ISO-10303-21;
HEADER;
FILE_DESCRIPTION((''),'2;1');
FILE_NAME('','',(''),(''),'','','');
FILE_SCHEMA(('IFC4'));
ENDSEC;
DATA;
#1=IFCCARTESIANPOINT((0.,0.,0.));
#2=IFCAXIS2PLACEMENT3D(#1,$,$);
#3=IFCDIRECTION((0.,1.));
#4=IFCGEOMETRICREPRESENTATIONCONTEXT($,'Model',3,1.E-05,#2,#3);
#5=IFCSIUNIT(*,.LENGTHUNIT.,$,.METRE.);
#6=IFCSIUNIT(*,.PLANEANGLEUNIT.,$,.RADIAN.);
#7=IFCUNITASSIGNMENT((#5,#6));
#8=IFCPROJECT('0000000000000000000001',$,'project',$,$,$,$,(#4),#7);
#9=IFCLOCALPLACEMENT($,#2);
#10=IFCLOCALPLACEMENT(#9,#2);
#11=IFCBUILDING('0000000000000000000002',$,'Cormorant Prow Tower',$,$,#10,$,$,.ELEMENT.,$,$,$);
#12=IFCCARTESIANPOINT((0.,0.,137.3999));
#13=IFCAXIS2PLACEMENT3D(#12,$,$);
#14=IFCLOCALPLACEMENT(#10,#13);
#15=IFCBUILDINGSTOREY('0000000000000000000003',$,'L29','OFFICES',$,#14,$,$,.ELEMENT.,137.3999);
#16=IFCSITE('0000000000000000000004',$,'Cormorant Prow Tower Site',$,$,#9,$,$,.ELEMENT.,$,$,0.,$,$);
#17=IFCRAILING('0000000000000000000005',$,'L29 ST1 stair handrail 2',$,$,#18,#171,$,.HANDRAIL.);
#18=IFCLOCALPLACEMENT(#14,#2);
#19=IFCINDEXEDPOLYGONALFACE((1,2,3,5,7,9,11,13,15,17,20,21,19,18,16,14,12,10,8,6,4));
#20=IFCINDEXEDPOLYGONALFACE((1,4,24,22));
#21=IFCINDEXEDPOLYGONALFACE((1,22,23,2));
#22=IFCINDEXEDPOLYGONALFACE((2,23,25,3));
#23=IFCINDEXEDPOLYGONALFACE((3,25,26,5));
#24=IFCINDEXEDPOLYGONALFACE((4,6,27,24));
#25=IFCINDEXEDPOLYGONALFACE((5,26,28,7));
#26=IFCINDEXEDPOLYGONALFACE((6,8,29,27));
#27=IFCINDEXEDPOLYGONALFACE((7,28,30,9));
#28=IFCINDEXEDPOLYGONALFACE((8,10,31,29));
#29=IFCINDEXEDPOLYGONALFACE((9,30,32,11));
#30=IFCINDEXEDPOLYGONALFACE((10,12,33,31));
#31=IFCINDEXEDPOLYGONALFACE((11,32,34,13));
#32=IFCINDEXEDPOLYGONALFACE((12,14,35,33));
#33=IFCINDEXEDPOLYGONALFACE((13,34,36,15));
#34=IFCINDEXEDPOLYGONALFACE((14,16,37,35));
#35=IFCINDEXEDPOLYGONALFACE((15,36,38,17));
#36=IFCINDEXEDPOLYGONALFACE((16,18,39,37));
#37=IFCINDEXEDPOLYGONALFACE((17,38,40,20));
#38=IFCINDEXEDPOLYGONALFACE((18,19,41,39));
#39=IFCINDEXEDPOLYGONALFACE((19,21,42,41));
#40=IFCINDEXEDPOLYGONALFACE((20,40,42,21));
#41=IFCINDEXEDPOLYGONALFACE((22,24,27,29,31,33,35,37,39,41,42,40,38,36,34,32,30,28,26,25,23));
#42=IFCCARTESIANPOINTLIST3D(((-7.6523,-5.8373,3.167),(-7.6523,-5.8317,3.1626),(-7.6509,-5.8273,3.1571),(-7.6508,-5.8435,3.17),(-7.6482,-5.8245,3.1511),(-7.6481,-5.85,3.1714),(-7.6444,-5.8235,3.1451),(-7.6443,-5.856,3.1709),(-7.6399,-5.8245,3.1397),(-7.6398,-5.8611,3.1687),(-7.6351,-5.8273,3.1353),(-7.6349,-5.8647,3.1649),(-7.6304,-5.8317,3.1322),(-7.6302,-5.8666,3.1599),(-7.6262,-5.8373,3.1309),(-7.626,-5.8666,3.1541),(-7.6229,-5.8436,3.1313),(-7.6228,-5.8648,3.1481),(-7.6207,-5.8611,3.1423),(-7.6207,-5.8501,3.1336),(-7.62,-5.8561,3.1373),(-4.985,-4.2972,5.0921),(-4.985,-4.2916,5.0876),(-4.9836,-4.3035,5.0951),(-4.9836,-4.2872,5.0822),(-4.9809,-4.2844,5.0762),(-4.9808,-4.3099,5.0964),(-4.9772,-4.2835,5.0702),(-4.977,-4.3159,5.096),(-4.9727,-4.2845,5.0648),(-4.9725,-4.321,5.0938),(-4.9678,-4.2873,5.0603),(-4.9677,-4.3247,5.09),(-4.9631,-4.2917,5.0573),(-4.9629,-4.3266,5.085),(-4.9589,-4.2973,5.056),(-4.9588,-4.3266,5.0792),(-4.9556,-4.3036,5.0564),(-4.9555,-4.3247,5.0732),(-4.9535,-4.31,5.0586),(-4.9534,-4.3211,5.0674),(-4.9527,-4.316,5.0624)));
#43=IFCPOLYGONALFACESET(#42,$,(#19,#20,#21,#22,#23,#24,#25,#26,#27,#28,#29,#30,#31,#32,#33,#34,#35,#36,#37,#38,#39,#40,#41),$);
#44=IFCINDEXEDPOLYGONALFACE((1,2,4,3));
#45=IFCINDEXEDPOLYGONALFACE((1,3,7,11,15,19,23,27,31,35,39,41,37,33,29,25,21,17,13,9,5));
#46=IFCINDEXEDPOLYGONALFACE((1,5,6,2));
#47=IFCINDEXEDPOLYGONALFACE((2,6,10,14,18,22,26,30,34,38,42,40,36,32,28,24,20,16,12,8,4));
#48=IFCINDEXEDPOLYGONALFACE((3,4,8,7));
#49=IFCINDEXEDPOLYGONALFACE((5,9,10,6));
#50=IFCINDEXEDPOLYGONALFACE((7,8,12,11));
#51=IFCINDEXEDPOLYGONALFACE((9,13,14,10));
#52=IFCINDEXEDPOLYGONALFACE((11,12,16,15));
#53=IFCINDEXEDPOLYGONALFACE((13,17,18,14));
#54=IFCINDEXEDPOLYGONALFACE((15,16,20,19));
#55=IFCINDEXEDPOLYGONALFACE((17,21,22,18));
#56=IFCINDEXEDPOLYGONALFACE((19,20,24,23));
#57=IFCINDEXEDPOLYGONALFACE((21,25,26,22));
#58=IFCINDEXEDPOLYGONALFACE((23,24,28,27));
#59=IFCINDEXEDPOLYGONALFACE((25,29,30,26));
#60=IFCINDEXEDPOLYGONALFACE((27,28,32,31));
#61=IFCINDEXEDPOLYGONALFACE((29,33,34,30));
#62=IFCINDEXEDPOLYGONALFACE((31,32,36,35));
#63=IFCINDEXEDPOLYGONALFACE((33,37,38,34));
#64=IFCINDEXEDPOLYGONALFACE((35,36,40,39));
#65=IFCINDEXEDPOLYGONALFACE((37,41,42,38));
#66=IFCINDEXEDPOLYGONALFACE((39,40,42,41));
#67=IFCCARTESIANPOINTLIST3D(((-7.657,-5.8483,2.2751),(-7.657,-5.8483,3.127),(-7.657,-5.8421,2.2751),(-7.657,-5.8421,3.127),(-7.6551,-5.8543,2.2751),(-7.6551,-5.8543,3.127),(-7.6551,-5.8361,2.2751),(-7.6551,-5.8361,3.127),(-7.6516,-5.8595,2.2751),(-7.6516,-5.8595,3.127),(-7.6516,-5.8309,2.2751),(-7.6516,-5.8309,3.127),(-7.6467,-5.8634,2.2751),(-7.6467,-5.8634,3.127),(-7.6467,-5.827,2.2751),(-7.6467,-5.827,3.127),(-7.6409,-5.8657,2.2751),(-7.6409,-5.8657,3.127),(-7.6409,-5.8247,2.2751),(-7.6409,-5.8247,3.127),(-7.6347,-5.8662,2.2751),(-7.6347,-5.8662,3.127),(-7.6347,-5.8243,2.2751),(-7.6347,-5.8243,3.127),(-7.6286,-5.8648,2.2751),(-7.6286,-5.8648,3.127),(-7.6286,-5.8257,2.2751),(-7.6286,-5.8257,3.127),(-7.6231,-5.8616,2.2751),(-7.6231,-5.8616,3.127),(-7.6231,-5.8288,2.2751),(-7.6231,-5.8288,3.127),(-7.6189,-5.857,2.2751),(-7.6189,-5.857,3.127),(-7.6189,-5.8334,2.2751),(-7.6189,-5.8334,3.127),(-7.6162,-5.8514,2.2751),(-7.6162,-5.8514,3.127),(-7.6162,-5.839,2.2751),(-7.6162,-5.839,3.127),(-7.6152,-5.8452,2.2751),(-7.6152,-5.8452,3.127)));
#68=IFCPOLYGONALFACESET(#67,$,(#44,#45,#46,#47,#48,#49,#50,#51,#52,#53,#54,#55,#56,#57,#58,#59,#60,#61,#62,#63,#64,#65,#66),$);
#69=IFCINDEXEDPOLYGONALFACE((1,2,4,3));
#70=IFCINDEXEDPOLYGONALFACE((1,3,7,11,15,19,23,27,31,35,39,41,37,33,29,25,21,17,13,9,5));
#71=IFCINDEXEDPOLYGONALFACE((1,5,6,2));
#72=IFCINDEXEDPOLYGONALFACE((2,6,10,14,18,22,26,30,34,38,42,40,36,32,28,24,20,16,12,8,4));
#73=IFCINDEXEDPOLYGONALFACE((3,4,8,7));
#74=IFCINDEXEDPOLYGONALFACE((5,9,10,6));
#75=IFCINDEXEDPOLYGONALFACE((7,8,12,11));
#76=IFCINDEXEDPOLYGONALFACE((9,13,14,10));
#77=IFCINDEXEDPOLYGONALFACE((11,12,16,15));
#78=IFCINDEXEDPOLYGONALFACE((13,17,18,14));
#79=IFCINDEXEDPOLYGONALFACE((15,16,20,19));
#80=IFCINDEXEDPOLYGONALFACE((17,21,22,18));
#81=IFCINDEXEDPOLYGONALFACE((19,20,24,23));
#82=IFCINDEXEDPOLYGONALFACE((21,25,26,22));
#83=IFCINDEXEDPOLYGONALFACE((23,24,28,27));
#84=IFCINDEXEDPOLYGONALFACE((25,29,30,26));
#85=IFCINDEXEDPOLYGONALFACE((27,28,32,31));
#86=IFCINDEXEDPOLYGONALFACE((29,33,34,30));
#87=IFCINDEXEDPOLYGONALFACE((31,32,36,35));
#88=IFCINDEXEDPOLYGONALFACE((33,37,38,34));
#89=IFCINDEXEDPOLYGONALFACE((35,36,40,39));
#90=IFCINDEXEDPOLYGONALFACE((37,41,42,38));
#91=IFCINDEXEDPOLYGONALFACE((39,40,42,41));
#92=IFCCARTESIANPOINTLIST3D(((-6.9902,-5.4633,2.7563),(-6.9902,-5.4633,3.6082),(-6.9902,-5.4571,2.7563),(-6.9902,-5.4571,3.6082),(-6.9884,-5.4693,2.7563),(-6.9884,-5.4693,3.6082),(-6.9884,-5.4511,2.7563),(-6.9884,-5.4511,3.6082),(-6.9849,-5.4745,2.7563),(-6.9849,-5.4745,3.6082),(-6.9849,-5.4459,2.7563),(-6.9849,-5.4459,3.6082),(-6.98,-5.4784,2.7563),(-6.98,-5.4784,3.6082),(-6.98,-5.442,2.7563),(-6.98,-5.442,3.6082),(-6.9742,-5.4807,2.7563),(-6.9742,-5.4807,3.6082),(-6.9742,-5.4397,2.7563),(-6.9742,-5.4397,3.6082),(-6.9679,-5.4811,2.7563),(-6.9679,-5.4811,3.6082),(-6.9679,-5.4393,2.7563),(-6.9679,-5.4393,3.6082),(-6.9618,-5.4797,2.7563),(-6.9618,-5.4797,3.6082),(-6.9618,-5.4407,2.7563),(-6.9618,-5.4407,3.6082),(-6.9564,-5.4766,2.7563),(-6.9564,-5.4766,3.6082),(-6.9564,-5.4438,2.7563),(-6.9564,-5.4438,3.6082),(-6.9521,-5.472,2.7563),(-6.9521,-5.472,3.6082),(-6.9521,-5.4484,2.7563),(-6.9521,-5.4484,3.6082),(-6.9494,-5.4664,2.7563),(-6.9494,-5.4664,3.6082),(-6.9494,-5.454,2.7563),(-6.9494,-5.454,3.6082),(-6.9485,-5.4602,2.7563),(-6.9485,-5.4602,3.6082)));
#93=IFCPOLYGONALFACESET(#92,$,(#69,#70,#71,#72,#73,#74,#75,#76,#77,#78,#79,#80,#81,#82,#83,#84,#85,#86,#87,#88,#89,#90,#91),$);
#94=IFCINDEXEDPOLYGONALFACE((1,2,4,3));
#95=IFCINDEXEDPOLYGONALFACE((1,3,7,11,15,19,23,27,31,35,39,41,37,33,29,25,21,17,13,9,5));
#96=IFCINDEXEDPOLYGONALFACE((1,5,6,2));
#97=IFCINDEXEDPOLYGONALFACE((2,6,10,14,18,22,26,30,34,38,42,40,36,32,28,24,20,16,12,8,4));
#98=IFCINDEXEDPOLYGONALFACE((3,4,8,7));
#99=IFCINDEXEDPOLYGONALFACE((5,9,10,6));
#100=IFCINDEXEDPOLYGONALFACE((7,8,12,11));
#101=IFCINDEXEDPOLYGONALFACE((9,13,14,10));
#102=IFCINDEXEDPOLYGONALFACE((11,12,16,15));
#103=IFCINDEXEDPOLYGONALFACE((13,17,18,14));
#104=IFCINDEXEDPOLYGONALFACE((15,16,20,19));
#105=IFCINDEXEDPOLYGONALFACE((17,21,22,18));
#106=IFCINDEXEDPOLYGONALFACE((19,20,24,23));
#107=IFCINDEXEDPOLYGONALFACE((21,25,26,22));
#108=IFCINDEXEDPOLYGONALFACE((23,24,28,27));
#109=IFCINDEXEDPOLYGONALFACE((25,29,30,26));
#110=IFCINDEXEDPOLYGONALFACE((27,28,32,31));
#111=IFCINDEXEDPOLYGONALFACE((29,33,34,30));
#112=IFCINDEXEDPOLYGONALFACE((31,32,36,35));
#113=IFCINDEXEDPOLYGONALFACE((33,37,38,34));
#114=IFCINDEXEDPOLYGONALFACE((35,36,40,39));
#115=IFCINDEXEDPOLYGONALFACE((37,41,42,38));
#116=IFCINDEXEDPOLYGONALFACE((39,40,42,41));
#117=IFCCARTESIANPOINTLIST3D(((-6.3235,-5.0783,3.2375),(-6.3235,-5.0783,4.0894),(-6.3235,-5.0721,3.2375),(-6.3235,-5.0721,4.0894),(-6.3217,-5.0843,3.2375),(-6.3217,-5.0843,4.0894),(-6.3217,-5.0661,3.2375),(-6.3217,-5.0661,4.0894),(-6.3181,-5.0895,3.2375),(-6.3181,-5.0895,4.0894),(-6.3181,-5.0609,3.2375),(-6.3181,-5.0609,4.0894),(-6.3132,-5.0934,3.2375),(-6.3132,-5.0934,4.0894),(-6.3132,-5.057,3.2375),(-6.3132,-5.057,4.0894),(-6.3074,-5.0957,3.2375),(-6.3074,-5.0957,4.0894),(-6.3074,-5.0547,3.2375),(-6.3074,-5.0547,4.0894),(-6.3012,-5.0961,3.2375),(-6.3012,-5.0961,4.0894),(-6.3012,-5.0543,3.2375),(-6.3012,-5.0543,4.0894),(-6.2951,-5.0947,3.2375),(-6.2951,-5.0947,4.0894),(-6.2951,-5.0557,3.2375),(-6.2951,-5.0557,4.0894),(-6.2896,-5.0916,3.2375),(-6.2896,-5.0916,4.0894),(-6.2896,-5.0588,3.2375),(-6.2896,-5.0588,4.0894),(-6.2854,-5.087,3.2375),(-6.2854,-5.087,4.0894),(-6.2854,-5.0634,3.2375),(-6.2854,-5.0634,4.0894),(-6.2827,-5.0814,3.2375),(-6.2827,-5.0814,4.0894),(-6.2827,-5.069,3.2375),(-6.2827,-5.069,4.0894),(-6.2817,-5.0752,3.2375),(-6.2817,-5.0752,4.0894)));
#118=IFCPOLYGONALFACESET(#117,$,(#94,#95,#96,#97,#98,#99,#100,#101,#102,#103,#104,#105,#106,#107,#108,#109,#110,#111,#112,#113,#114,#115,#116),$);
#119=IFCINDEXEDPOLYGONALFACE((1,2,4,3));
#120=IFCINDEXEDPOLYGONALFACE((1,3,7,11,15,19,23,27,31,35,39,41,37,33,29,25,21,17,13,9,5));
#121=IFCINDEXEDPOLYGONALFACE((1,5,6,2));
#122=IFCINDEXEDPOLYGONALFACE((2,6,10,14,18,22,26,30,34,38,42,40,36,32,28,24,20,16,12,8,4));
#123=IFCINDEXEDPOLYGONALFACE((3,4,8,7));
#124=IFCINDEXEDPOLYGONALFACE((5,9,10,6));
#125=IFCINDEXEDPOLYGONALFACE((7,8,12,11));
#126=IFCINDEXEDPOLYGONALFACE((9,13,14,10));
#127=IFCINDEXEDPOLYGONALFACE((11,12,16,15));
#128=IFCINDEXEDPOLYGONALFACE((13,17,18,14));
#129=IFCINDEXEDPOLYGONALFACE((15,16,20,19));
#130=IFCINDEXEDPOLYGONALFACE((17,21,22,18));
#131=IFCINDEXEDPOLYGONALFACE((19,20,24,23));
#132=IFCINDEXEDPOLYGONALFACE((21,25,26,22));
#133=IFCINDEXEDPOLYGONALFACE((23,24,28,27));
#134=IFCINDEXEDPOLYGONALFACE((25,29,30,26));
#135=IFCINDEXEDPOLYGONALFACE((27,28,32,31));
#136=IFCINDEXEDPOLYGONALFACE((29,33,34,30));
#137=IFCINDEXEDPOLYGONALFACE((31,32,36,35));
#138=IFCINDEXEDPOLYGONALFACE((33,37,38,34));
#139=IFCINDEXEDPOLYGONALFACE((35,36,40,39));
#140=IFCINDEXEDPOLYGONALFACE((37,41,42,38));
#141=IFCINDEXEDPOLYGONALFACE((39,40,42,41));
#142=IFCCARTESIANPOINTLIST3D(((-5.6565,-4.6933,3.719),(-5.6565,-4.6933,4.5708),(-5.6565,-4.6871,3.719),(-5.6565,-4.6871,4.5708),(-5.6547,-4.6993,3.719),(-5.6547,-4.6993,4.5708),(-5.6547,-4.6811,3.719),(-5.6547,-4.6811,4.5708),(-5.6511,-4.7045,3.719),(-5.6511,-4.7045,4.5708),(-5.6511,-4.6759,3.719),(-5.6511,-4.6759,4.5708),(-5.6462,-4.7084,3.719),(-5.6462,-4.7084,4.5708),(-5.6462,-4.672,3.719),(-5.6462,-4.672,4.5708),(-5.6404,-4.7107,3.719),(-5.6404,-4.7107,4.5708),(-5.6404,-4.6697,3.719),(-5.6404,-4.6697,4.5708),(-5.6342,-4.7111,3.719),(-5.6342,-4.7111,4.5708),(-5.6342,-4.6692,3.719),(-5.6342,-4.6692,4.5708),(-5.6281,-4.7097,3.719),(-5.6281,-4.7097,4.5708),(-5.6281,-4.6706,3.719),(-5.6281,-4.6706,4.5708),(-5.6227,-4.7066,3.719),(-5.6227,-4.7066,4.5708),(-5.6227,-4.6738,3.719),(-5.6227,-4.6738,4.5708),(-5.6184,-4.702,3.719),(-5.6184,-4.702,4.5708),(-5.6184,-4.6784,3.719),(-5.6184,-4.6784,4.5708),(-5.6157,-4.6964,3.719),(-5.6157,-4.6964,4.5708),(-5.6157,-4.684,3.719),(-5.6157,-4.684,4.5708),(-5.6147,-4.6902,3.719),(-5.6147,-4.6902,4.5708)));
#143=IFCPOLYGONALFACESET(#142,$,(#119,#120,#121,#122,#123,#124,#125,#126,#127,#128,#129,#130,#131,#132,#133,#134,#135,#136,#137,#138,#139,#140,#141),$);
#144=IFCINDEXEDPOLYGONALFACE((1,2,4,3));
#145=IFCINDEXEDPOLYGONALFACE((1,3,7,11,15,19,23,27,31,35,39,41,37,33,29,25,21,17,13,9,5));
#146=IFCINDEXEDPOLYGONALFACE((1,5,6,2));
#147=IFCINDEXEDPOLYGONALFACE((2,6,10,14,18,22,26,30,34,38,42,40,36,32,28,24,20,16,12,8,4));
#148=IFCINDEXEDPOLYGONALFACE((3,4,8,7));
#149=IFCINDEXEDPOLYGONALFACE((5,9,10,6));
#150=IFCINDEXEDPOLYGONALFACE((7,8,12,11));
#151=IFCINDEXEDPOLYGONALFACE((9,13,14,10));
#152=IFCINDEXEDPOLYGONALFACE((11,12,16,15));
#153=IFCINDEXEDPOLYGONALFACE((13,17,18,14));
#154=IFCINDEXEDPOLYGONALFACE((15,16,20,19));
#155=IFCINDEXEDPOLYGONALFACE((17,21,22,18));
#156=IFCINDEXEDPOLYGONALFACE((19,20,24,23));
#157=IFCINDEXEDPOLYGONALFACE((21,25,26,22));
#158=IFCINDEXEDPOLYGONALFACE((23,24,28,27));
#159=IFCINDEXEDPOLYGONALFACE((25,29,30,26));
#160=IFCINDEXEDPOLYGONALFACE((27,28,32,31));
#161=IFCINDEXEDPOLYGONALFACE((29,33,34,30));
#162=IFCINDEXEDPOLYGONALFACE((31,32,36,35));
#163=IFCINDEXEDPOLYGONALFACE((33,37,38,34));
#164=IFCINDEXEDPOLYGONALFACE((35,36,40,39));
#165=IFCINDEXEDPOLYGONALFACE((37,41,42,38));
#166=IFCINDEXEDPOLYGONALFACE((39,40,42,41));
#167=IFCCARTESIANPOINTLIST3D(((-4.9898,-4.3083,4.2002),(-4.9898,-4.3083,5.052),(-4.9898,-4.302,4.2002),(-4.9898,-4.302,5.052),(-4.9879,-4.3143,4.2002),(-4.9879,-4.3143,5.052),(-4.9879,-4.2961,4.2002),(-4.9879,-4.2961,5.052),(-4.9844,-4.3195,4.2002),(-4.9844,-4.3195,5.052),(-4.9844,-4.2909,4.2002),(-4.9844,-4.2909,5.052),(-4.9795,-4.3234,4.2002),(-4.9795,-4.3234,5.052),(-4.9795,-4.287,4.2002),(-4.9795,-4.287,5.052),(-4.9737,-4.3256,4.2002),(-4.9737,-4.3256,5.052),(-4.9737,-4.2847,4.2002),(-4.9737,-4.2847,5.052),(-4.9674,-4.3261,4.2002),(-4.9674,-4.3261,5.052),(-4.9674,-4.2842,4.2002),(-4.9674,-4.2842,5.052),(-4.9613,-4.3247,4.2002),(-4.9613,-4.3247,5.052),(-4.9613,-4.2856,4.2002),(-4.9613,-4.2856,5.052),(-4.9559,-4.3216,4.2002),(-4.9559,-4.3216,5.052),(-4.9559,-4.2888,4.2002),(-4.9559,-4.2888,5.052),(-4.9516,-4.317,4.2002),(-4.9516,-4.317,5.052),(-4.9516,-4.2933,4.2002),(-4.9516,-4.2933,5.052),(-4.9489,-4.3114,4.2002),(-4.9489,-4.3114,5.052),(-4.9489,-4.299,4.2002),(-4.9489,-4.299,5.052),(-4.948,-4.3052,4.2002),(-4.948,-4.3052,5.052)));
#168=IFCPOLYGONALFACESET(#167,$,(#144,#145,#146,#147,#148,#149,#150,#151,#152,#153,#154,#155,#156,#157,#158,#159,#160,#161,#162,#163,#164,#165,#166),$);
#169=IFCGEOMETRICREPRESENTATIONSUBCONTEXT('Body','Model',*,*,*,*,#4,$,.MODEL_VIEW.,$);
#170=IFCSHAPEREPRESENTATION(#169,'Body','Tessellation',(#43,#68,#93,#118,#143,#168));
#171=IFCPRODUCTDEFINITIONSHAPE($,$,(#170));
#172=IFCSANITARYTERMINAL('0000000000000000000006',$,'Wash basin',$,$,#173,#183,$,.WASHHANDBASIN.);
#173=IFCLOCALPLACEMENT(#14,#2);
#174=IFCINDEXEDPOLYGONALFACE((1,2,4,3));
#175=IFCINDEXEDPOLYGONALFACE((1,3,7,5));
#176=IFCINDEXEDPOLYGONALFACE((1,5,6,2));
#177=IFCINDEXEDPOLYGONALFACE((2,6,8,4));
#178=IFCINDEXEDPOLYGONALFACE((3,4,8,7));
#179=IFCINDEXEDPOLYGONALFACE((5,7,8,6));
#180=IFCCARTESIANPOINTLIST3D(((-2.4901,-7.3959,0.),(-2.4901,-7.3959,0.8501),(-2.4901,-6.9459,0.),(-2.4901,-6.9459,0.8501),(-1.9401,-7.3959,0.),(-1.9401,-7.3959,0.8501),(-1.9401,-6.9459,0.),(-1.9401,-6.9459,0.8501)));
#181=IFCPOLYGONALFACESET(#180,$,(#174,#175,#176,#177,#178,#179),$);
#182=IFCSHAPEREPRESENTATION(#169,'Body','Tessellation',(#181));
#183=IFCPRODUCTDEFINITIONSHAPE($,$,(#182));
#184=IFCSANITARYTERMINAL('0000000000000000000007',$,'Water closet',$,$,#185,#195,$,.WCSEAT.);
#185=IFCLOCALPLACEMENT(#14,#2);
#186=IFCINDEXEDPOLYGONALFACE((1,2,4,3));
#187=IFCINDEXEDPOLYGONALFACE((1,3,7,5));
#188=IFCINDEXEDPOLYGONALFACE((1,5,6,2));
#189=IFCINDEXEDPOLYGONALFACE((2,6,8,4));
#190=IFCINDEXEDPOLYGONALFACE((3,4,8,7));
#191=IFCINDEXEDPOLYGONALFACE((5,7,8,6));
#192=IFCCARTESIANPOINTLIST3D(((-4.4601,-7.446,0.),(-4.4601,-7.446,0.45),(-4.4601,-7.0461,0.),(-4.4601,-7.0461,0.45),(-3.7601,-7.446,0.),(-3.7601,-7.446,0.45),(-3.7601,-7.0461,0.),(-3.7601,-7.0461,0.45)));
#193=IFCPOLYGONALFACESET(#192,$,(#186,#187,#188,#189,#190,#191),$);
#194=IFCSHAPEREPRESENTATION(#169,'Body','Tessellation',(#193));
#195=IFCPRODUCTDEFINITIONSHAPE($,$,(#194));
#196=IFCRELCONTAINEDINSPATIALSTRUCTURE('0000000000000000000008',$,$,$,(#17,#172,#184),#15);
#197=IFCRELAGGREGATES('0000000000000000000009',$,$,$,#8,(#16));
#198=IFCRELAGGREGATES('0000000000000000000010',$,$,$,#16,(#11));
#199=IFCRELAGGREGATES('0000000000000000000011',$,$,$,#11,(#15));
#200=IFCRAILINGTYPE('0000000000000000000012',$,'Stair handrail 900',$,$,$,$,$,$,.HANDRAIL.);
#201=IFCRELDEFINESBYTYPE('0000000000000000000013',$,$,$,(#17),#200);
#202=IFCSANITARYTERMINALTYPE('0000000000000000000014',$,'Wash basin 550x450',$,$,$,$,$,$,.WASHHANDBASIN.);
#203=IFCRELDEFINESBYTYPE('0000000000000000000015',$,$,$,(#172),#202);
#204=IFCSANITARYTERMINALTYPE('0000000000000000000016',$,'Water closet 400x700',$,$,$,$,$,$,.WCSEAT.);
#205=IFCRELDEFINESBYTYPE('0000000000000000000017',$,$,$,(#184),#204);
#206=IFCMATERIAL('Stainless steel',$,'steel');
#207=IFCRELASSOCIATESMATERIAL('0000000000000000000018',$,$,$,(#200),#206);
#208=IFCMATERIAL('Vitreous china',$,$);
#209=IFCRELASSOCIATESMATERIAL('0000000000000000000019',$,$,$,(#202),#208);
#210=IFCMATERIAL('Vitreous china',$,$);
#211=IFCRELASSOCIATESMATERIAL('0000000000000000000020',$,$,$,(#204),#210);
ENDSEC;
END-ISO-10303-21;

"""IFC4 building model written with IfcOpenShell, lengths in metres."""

from ifc_helpers import new_model, si_unit, direction, frame, origin, origin_2d, place, context, subcontext, project, spatial, rectangle, circle, extrude, material, type_object, element, save


model = new_model("IFC4")

# Units and contexts
model_context = context("Model", 3, precision=1e-05, world=origin(), true_north=direction((0.0, 1.0)))
body_context = subcontext(model_context, "Body", "Model", "MODEL_VIEW")
ifc_project = project(units=[si_unit("LENGTHUNIT", "METRE"), si_unit("PLANEANGLEUNIT", "RADIAN")], contexts=[model_context])

# Site, building, storey
site_placement = place(None, origin())
site = spatial("IfcSite", under=ifc_project, at=site_placement, Name="Cormorant Prow Tower Site", CompositionType="ELEMENT", RefElevation=0.0)
building_placement = place(site_placement, origin())
building = spatial("IfcBuilding", under=site, at=building_placement, Name="Cormorant Prow Tower", CompositionType="ELEMENT")
storey_placement = place(building_placement, frame((0.0, 0.0, 137.3999)))
storey = spatial("IfcBuildingStorey", under=building, at=storey_placement, Name="L29", Description="OFFICES", CompositionType="ELEMENT", Elevation=137.3999)

# Railing
ifc_material_1 = material(Name="Stainless steel", Category="steel")
railing_type_1 = type_object("IfcRailingType", Name="Stair handrail 900", PredefinedType="HANDRAIL", material=ifc_material_1)
railing_1_placement = place(storey_placement, frame((-7.6362, -5.8452, 2.2751)))
element("IfcRailing", 1, at=railing_1_placement, inside=storey, type_object=railing_type_1, Name="L29 ST1 stair handrail 2", PredefinedType="HANDRAIL", context=body_context, shape_type="SweptSolid", body=[
    extrude(circle(Radius=0.0239, at=origin_2d()), frame((0.0, 0.0, 0.876), z_axis=(0.734364, 0.424015, 0.530019), x_axis=(-0.500027, 0.86601, 0.0)), (0.0, 0.0, 1.0), 3.6321),
    extrude(circle(Radius=0.021, at=origin_2d()), origin(), (0.0, 0.0, 1.0), 0.8518),
    extrude(circle(Radius=0.021, at=origin_2d()), frame((0.6667, 0.385, 0.4812)), (0.0, 0.0, 1.0), 0.8518),
    extrude(circle(Radius=0.021, at=origin_2d()), frame((1.3335, 0.77, 0.9624)), (0.0, 0.0, 1.0), 0.8518),
    extrude(circle(Radius=0.021, at=origin_2d()), frame((2.0005, 1.155, 1.4438)), (0.0, 0.0, 1.0), 0.8518),
    extrude(circle(Radius=0.021, at=origin_2d()), frame((2.6672, 1.54, 1.925)), (0.0, 0.0, 1.0), 0.8518),
])

# Sanitary terminals
ifc_material_2 = material(Name="Vitreous china")
sanitary_terminal_type_1 = type_object("IfcSanitaryTerminalType", Name="Wash basin 550x450", PredefinedType="WASHHANDBASIN", material=ifc_material_2)
sanitary_terminal_1_placement = place(storey_placement, frame((-2.2151, -7.1709, 0.0), z_axis=(0.0, 0.0, 1.0), x_axis=(-1.0, 0.0, 0.0)))
element("IfcSanitaryTerminal", 2, at=sanitary_terminal_1_placement, inside=storey, type_object=sanitary_terminal_type_1, Name="Wash basin", PredefinedType="WASHHANDBASIN", context=body_context, shape_type="SweptSolid", body=[
    extrude(rectangle(XDim=0.55, YDim=0.45, at=origin_2d()), origin(), (0.0, 0.0, 1.0), 0.8501),
])
ifc_material_3 = material(Name="Vitreous china")
sanitary_terminal_type_2 = type_object("IfcSanitaryTerminalType", Name="Water closet 400x700", PredefinedType="WCSEAT", material=ifc_material_3)
sanitary_terminal_2_placement = place(storey_placement, frame((-4.1101, -7.2461, 0.0), z_axis=(0.0, 0.0, 1.0), x_axis=(0.0, -1.0, 0.0)))
element("IfcSanitaryTerminal", 3, at=sanitary_terminal_2_placement, inside=storey, type_object=sanitary_terminal_type_2, Name="Water closet", PredefinedType="WCSEAT", context=body_context, shape_type="SweptSolid", body=[
    extrude(rectangle(XDim=0.3999, YDim=0.7, at=origin_2d()), origin(), (0.0, 0.0, 1.0), 0.45),
])

save(model, "model.ifc")
